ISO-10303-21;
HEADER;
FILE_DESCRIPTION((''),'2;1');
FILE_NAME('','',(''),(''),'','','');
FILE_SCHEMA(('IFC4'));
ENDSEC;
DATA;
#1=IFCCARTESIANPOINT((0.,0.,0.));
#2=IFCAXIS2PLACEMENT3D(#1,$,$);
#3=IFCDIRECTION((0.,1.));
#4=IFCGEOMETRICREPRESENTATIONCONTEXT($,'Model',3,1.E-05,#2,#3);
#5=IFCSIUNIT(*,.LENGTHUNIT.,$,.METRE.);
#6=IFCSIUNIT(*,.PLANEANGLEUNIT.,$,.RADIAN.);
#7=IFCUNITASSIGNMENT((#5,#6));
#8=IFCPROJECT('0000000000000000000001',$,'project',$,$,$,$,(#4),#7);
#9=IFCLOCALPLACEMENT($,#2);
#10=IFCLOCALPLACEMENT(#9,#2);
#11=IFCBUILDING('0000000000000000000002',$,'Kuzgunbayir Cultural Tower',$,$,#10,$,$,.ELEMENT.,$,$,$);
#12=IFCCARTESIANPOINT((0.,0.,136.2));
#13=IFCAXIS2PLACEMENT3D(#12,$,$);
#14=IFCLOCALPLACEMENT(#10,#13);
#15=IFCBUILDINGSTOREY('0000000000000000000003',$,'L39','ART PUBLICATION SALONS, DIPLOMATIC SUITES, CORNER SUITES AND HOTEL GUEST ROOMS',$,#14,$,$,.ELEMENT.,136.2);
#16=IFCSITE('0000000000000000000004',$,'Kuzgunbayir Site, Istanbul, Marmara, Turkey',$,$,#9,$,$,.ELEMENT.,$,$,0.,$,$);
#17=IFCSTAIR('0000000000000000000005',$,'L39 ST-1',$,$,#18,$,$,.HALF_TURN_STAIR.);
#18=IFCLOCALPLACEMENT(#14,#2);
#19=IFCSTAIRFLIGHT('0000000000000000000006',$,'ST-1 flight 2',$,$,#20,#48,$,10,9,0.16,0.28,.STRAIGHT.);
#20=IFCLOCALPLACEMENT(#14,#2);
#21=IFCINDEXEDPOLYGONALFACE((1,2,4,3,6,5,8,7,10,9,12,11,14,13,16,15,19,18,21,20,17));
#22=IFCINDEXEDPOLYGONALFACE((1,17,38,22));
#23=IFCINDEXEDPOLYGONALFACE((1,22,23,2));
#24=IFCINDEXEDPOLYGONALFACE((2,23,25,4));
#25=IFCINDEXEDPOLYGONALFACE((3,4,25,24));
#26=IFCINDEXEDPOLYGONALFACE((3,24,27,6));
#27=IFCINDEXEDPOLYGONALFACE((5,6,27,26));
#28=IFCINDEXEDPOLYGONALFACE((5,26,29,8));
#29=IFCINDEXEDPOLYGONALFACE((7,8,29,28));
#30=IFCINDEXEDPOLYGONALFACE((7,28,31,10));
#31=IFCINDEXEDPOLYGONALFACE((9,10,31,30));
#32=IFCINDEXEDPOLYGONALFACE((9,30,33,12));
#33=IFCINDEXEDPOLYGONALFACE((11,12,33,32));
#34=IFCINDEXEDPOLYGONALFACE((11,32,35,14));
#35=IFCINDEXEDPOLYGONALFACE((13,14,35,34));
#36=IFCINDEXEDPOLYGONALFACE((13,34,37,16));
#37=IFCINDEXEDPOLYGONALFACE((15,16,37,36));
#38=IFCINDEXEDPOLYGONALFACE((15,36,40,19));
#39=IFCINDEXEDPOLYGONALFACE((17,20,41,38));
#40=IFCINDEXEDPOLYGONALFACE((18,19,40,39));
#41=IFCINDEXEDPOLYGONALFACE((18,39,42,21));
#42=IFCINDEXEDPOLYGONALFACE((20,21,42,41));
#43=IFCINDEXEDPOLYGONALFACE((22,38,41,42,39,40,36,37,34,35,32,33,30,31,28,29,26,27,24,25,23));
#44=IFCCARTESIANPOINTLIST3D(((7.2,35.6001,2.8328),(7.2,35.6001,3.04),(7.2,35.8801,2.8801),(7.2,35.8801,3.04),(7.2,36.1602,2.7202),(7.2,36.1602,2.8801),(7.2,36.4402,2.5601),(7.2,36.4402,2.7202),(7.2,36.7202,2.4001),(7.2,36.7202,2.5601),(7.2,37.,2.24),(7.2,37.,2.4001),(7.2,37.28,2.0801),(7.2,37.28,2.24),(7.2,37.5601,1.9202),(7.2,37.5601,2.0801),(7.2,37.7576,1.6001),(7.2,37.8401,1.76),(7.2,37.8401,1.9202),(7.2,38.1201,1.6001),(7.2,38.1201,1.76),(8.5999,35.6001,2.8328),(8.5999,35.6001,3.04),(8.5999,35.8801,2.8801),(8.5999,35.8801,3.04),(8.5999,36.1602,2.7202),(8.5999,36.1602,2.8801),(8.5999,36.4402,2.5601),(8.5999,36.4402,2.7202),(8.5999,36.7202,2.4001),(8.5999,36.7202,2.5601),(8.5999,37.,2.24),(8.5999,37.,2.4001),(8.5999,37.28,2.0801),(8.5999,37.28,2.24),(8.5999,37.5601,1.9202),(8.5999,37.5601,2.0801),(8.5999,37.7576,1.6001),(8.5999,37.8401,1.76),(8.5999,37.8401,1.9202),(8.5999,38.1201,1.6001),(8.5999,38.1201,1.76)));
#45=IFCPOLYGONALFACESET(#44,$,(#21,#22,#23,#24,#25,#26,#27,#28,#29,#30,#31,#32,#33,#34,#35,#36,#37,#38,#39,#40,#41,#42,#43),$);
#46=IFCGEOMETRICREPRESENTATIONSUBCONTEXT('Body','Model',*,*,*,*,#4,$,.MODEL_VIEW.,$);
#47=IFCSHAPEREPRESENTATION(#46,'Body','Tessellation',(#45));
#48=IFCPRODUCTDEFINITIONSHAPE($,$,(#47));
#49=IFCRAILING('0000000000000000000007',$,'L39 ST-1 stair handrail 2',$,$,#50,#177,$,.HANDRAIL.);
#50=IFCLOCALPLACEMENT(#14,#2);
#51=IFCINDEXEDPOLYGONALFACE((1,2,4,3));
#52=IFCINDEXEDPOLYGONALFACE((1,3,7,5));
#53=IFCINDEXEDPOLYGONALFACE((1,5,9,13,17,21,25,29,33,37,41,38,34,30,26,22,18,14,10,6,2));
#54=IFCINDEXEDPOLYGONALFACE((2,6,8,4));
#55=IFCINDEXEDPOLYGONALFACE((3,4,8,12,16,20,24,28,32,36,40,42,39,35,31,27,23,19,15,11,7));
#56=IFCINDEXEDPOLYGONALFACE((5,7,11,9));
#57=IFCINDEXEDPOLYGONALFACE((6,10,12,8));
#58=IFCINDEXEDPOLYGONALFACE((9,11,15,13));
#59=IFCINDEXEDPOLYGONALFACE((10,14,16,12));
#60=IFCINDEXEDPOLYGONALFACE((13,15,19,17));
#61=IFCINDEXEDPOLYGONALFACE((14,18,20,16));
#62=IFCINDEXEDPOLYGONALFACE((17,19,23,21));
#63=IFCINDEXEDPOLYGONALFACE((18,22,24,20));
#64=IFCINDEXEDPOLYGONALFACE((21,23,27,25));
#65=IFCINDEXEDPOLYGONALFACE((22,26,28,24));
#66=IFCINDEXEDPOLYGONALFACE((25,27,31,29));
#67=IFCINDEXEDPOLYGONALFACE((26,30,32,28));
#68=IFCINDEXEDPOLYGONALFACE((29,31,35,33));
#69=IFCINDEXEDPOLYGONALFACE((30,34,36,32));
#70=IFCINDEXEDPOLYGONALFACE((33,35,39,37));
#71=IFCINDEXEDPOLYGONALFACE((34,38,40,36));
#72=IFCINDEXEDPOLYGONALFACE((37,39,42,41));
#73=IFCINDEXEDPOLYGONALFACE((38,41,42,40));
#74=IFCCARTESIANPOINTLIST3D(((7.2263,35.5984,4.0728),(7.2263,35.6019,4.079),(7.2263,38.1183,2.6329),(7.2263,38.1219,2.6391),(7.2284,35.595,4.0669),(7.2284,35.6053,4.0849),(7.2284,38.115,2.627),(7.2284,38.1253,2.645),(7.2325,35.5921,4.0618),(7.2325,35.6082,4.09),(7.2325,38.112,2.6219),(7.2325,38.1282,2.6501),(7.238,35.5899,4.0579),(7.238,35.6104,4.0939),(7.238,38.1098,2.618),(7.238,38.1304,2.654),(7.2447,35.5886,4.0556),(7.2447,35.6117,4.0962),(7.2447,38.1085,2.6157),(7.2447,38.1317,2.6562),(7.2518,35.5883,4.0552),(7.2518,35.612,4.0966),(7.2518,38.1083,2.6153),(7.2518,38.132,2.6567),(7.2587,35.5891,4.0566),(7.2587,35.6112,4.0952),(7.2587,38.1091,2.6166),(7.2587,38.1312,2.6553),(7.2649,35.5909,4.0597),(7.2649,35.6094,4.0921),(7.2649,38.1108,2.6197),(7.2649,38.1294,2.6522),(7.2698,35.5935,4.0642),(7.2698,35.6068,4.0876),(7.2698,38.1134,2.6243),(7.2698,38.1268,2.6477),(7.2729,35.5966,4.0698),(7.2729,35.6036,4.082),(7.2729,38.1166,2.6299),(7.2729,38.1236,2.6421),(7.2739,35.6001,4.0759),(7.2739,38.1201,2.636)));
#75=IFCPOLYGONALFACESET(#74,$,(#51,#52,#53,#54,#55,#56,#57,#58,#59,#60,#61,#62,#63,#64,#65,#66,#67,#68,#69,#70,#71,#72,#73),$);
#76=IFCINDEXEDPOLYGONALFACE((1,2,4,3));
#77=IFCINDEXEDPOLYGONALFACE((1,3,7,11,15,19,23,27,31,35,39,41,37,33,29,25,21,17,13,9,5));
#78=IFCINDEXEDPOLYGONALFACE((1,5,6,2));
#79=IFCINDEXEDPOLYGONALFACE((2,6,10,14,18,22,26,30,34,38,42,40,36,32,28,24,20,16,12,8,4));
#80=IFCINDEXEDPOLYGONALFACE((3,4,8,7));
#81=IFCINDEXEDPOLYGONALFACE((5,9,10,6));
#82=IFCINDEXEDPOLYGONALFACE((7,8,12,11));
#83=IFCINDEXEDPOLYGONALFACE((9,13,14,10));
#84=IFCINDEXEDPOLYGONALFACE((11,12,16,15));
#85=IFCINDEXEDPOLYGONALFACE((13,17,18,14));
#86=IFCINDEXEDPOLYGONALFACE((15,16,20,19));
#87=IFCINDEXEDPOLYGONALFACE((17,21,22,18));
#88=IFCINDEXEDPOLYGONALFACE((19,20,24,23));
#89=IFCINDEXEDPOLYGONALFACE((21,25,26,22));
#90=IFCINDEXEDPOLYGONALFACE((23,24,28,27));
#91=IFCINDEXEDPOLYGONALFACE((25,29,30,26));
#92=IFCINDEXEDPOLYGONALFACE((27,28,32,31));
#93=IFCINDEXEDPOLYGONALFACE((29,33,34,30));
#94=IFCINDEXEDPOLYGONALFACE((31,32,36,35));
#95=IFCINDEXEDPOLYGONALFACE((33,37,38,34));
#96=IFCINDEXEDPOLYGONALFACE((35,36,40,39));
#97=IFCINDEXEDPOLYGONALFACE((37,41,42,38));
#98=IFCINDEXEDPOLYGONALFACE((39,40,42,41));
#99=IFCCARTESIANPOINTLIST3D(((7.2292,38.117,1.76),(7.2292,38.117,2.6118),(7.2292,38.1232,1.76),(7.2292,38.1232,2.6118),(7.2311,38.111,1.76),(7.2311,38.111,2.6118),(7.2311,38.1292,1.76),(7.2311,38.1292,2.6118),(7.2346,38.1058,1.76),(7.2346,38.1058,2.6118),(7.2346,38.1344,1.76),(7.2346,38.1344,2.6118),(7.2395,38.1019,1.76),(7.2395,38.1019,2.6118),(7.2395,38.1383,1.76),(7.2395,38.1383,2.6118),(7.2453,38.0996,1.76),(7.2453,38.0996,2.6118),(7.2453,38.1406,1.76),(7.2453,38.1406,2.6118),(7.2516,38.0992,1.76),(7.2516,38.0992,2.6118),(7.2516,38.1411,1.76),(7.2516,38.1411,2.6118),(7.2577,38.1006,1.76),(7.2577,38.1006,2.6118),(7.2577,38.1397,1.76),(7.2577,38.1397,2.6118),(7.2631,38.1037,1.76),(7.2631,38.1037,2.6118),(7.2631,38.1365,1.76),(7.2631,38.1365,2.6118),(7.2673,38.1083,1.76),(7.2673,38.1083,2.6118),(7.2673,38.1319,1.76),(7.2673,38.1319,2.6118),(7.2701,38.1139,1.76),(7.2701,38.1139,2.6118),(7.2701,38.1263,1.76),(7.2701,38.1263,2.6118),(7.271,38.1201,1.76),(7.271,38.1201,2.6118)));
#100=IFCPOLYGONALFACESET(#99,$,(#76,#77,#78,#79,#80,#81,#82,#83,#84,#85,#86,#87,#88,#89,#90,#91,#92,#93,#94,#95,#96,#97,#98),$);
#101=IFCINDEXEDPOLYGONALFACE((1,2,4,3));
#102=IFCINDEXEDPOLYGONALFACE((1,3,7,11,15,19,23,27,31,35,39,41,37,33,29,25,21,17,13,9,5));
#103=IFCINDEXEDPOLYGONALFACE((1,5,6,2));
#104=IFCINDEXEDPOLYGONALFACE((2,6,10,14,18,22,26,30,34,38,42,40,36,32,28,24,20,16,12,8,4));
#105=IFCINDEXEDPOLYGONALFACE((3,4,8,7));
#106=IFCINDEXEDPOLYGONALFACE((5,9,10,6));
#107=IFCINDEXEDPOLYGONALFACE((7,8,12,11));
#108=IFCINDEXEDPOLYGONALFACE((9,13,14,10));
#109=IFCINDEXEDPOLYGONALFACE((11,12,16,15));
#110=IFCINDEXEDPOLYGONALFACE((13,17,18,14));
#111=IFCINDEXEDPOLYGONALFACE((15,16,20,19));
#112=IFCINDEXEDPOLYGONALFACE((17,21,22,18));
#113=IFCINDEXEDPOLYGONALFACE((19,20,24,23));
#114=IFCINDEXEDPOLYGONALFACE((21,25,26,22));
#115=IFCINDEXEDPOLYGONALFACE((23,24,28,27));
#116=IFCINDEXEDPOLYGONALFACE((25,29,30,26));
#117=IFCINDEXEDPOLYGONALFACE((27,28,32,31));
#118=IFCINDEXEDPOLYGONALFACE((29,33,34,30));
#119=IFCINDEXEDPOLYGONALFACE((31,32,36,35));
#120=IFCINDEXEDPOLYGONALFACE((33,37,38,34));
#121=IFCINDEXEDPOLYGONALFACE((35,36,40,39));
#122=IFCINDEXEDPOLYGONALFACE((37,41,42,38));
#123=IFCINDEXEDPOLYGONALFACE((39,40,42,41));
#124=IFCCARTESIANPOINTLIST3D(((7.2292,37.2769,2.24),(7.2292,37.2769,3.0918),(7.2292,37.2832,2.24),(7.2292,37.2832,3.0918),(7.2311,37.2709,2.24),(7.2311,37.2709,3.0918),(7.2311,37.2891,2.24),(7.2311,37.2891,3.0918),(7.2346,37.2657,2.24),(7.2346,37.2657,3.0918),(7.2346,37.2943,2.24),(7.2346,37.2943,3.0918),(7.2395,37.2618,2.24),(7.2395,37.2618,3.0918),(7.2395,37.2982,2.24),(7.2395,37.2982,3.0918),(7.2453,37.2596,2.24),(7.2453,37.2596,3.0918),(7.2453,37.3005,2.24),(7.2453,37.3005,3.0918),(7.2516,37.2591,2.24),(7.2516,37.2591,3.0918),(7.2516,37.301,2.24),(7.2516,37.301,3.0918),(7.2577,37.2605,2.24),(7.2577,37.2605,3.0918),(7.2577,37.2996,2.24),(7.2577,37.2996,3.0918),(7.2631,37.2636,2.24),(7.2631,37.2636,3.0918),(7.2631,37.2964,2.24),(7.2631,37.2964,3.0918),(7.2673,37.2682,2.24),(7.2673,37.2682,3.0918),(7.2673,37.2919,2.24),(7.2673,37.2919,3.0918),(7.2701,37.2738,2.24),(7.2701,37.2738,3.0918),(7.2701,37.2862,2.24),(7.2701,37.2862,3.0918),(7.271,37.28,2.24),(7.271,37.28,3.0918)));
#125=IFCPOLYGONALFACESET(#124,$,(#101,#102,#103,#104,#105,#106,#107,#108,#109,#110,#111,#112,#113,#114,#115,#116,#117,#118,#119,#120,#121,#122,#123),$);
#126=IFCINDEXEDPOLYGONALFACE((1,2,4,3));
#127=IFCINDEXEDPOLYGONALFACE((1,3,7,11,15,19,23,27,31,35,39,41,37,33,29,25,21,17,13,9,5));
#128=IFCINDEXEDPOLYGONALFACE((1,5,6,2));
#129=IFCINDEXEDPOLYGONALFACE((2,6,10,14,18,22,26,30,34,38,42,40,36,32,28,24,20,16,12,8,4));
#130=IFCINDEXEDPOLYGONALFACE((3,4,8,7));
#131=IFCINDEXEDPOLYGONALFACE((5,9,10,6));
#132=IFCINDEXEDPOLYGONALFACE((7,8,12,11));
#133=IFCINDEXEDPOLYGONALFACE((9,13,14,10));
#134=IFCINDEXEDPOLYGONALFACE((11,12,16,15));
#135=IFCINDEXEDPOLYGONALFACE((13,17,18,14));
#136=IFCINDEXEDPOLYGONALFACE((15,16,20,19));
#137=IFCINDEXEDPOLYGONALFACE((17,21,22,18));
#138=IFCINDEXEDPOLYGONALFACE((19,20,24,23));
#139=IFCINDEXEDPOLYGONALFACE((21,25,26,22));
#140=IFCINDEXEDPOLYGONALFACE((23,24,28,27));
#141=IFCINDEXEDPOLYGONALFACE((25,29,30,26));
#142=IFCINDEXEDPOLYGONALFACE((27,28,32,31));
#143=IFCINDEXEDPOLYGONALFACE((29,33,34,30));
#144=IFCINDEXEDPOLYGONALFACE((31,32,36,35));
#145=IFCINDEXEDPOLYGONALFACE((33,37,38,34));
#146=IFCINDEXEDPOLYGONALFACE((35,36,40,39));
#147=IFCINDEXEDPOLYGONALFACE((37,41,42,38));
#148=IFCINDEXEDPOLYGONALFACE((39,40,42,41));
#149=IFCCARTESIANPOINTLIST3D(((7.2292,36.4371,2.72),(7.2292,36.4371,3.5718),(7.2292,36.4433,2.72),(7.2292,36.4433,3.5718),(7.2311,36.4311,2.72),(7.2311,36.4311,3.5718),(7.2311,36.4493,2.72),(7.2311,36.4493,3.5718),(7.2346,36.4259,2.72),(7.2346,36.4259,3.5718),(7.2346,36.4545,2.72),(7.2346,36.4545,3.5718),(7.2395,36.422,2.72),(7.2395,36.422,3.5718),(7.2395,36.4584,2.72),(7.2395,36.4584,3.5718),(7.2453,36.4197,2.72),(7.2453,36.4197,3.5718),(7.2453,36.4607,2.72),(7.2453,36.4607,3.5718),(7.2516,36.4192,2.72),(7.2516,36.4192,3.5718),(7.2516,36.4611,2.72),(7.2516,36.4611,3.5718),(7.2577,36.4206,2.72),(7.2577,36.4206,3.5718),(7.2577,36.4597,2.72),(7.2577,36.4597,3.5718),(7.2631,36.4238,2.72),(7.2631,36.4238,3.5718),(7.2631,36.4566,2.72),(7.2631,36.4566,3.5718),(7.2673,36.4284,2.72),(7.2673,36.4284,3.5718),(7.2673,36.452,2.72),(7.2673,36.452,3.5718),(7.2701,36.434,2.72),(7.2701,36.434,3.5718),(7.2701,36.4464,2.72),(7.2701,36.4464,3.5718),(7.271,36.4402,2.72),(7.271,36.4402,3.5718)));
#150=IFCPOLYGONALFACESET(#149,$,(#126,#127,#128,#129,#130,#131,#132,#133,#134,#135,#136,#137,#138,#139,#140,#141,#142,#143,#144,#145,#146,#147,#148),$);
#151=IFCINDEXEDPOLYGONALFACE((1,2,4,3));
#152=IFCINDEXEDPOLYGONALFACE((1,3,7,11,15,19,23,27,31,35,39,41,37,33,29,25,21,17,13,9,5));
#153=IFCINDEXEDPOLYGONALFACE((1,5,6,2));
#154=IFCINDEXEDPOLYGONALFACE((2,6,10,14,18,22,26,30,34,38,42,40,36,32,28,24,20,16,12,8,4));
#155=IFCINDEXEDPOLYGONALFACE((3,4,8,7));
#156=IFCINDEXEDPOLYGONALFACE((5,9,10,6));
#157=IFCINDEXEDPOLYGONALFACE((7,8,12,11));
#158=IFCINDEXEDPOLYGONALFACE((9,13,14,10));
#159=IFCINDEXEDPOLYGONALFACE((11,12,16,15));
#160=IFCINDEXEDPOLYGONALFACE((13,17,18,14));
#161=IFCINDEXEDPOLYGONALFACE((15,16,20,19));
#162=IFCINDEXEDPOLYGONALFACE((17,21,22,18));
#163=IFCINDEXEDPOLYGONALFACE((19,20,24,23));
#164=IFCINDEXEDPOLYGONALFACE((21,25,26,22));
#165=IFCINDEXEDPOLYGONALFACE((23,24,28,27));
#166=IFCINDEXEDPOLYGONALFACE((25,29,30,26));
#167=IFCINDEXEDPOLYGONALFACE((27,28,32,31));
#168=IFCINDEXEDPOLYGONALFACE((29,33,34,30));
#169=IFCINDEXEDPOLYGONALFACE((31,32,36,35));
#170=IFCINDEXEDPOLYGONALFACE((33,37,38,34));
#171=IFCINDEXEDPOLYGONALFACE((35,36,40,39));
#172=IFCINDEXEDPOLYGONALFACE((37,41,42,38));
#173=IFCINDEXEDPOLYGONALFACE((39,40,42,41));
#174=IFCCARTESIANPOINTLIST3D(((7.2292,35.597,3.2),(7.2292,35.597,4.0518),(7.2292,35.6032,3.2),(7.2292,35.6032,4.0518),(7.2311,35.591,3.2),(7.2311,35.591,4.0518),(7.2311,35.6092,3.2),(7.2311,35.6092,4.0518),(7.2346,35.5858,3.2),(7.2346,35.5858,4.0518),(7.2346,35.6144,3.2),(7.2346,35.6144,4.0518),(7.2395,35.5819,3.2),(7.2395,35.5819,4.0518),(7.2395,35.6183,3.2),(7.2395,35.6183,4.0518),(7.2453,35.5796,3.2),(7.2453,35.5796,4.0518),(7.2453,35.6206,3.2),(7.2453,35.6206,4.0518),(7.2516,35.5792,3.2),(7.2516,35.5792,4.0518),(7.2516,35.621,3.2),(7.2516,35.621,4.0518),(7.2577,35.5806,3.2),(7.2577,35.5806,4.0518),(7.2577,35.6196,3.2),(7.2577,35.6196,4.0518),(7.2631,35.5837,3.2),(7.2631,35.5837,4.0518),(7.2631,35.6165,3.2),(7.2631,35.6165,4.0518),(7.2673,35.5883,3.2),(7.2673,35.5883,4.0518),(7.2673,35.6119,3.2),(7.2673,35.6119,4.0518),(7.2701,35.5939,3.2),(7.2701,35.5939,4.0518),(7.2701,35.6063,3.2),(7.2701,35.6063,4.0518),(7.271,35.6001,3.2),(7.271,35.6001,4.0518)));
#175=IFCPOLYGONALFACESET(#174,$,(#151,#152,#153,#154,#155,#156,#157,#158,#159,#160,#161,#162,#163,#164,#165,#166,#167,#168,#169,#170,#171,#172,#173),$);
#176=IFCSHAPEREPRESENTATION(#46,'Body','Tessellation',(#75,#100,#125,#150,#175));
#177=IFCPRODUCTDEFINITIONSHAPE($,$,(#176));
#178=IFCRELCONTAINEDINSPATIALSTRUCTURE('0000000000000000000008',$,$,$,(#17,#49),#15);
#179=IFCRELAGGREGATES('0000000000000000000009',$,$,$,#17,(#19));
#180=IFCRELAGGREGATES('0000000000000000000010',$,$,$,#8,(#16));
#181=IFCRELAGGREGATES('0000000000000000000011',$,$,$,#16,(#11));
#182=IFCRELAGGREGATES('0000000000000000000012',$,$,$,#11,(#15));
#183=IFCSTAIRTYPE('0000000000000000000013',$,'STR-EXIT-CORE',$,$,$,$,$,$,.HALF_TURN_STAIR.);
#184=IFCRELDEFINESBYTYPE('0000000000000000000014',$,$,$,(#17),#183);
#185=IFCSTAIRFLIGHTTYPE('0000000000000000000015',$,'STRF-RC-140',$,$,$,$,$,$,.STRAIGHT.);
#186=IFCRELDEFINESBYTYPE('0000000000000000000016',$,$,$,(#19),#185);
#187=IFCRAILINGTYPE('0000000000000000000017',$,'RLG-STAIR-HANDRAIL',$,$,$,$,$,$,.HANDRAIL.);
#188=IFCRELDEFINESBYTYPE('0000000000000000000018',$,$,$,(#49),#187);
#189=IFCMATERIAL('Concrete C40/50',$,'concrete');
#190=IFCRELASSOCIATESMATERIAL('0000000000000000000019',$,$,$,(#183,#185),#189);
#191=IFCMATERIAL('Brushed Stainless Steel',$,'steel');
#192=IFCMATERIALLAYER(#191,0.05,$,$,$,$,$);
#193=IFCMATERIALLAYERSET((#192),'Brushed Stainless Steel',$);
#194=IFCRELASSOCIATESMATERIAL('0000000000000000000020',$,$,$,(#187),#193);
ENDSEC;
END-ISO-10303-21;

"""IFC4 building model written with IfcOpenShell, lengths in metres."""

from ifc_helpers import new_model, si_unit, direction, frame, origin, origin_2d, place, context, subcontext, project, spatial, polyline, circle, outline, extrude, material, layer, layer_set, type_object, element, aggregate, save


model = new_model("IFC4")

# Units and contexts
model_context = context("Model", 3, precision=1e-05, world=origin(), true_north=direction((0.0, 1.0)))
body_context = subcontext(model_context, "Body", "Model", "MODEL_VIEW")
ifc_project = project(units=[si_unit("LENGTHUNIT", "METRE"), si_unit("PLANEANGLEUNIT", "RADIAN")], contexts=[model_context])

# Site, building, storey
site_placement = place(None, origin())
site = spatial("IfcSite", under=ifc_project, at=site_placement, Name="Kuzgunbayir Site, Istanbul, Marmara, Turkey", CompositionType="ELEMENT", RefElevation=0.0)
building_placement = place(site_placement, origin())
building = spatial("IfcBuilding", under=site, at=building_placement, Name="Kuzgunbayir Cultural Tower", CompositionType="ELEMENT")
storey_placement = place(building_placement, frame((0.0, 0.0, 136.2)))
storey = spatial("IfcBuildingStorey", under=building, at=storey_placement, Name="L39", Description="ART PUBLICATION SALONS, DIPLOMATIC SUITES, CORNER SUITES AND HOTEL GUEST ROOMS", CompositionType="ELEMENT", Elevation=136.2)

# Stair, stair flight
ifc_material_1 = material(Name="Concrete C40/50", Category="concrete")
stair_type = type_object("IfcStairType", Name="STR-EXIT-CORE", PredefinedType="HALF_TURN_STAIR", material=ifc_material_1)
stair_placement = place(storey_placement, origin())
stair = element("IfcStair", 1, at=stair_placement, inside=storey, type_object=stair_type, Name="L39 ST-1", PredefinedType="HALF_TURN_STAIR")
stair_flight_type = type_object("IfcStairFlightType", Name="STRF-RC-140", PredefinedType="STRAIGHT", material=ifc_material_1)
stair_flight_placement = place(storey_placement, frame((7.8999, 38.1201, 1.6001), z_axis=(0.0, 0.0, 1.0), x_axis=(0.0, -1.0, 0.0)))
stair_flight = element("IfcStairFlight", 2, at=stair_flight_placement, type_object=stair_flight_type, Name="ST-1 flight 2", NumberOfRisers=10, NumberOfTreads=9, PredefinedType="STRAIGHT", RiserHeight=0.16, TreadLength=0.28, context=body_context, shape_type="SweptSolid", body=[
    extrude(outline(polyline([(0.0, 0.0), (0.0, 0.1599), (0.28, 0.1599), (0.28, 0.3201), (0.5601, 0.3201), (0.5601, 0.48), (0.8401, 0.48), (0.8401, 0.6399), (1.1201, 0.6399), (1.1201, 0.8), (1.3999, 0.8), (1.3999, 0.96), (1.6799, 0.96), (1.6799, 1.1201), (1.96, 1.1201), (1.96, 1.28), (2.24, 1.28), (2.24, 1.4399), (2.52, 1.4399), (2.52, 1.6001), (2.52, 1.2327), (0.3625, 0.0), (0.0, 0.0)])), frame((0.0, 0.7, 0.0), z_axis=(0.0, -1.0, 0.0), x_axis=(1.0, 0.0, 0.0)), (0.0, 0.0, 1.0), 1.3999),
])
aggregate(stair, [stair_flight])

# Railing
ifc_material_2 = material(Name="Brushed Stainless Steel", Category="steel")
ifc_layer_1 = layer(ifc_material_2, 0.05)
ifc_layer_set_1 = layer_set([ifc_layer_1], Name="Brushed Stainless Steel")
railing_type_1 = type_object("IfcRailingType", Name="RLG-STAIR-HANDRAIL", PredefinedType="HANDRAIL", material=ifc_layer_set_1)
railing_1_placement = place(storey_placement, frame((7.25, 38.1201, 1.76)))
element("IfcRailing", 3, at=railing_1_placement, inside=storey, type_object=railing_type_1, Name="L39 ST-1 stair handrail 2", PredefinedType="HANDRAIL", context=body_context, shape_type="SweptSolid", body=[
    extrude(circle(Radius=0.0239, at=origin_2d()), frame((0.0, 0.0, 0.876), z_axis=(0.0, -0.868253, 0.496121), x_axis=(1.0, 0.0, 0.0)), (0.0, 0.0, 1.0), 2.9023),
    extrude(circle(Radius=0.021, at=origin_2d()), origin(), (0.0, 0.0, 1.0), 0.8518),
    extrude(circle(Radius=0.021, at=origin_2d()), frame((0.0, -0.8401, 0.48)), (0.0, 0.0, 1.0), 0.8518),
    extrude(circle(Radius=0.021, at=origin_2d()), frame((0.0, -1.6799, 0.96)), (0.0, 0.0, 1.0), 0.8518),
    extrude(circle(Radius=0.021, at=origin_2d()), frame((0.0, -2.52, 1.4399)), (0.0, 0.0, 1.0), 0.8518),
])

save(model, "model.ifc")
